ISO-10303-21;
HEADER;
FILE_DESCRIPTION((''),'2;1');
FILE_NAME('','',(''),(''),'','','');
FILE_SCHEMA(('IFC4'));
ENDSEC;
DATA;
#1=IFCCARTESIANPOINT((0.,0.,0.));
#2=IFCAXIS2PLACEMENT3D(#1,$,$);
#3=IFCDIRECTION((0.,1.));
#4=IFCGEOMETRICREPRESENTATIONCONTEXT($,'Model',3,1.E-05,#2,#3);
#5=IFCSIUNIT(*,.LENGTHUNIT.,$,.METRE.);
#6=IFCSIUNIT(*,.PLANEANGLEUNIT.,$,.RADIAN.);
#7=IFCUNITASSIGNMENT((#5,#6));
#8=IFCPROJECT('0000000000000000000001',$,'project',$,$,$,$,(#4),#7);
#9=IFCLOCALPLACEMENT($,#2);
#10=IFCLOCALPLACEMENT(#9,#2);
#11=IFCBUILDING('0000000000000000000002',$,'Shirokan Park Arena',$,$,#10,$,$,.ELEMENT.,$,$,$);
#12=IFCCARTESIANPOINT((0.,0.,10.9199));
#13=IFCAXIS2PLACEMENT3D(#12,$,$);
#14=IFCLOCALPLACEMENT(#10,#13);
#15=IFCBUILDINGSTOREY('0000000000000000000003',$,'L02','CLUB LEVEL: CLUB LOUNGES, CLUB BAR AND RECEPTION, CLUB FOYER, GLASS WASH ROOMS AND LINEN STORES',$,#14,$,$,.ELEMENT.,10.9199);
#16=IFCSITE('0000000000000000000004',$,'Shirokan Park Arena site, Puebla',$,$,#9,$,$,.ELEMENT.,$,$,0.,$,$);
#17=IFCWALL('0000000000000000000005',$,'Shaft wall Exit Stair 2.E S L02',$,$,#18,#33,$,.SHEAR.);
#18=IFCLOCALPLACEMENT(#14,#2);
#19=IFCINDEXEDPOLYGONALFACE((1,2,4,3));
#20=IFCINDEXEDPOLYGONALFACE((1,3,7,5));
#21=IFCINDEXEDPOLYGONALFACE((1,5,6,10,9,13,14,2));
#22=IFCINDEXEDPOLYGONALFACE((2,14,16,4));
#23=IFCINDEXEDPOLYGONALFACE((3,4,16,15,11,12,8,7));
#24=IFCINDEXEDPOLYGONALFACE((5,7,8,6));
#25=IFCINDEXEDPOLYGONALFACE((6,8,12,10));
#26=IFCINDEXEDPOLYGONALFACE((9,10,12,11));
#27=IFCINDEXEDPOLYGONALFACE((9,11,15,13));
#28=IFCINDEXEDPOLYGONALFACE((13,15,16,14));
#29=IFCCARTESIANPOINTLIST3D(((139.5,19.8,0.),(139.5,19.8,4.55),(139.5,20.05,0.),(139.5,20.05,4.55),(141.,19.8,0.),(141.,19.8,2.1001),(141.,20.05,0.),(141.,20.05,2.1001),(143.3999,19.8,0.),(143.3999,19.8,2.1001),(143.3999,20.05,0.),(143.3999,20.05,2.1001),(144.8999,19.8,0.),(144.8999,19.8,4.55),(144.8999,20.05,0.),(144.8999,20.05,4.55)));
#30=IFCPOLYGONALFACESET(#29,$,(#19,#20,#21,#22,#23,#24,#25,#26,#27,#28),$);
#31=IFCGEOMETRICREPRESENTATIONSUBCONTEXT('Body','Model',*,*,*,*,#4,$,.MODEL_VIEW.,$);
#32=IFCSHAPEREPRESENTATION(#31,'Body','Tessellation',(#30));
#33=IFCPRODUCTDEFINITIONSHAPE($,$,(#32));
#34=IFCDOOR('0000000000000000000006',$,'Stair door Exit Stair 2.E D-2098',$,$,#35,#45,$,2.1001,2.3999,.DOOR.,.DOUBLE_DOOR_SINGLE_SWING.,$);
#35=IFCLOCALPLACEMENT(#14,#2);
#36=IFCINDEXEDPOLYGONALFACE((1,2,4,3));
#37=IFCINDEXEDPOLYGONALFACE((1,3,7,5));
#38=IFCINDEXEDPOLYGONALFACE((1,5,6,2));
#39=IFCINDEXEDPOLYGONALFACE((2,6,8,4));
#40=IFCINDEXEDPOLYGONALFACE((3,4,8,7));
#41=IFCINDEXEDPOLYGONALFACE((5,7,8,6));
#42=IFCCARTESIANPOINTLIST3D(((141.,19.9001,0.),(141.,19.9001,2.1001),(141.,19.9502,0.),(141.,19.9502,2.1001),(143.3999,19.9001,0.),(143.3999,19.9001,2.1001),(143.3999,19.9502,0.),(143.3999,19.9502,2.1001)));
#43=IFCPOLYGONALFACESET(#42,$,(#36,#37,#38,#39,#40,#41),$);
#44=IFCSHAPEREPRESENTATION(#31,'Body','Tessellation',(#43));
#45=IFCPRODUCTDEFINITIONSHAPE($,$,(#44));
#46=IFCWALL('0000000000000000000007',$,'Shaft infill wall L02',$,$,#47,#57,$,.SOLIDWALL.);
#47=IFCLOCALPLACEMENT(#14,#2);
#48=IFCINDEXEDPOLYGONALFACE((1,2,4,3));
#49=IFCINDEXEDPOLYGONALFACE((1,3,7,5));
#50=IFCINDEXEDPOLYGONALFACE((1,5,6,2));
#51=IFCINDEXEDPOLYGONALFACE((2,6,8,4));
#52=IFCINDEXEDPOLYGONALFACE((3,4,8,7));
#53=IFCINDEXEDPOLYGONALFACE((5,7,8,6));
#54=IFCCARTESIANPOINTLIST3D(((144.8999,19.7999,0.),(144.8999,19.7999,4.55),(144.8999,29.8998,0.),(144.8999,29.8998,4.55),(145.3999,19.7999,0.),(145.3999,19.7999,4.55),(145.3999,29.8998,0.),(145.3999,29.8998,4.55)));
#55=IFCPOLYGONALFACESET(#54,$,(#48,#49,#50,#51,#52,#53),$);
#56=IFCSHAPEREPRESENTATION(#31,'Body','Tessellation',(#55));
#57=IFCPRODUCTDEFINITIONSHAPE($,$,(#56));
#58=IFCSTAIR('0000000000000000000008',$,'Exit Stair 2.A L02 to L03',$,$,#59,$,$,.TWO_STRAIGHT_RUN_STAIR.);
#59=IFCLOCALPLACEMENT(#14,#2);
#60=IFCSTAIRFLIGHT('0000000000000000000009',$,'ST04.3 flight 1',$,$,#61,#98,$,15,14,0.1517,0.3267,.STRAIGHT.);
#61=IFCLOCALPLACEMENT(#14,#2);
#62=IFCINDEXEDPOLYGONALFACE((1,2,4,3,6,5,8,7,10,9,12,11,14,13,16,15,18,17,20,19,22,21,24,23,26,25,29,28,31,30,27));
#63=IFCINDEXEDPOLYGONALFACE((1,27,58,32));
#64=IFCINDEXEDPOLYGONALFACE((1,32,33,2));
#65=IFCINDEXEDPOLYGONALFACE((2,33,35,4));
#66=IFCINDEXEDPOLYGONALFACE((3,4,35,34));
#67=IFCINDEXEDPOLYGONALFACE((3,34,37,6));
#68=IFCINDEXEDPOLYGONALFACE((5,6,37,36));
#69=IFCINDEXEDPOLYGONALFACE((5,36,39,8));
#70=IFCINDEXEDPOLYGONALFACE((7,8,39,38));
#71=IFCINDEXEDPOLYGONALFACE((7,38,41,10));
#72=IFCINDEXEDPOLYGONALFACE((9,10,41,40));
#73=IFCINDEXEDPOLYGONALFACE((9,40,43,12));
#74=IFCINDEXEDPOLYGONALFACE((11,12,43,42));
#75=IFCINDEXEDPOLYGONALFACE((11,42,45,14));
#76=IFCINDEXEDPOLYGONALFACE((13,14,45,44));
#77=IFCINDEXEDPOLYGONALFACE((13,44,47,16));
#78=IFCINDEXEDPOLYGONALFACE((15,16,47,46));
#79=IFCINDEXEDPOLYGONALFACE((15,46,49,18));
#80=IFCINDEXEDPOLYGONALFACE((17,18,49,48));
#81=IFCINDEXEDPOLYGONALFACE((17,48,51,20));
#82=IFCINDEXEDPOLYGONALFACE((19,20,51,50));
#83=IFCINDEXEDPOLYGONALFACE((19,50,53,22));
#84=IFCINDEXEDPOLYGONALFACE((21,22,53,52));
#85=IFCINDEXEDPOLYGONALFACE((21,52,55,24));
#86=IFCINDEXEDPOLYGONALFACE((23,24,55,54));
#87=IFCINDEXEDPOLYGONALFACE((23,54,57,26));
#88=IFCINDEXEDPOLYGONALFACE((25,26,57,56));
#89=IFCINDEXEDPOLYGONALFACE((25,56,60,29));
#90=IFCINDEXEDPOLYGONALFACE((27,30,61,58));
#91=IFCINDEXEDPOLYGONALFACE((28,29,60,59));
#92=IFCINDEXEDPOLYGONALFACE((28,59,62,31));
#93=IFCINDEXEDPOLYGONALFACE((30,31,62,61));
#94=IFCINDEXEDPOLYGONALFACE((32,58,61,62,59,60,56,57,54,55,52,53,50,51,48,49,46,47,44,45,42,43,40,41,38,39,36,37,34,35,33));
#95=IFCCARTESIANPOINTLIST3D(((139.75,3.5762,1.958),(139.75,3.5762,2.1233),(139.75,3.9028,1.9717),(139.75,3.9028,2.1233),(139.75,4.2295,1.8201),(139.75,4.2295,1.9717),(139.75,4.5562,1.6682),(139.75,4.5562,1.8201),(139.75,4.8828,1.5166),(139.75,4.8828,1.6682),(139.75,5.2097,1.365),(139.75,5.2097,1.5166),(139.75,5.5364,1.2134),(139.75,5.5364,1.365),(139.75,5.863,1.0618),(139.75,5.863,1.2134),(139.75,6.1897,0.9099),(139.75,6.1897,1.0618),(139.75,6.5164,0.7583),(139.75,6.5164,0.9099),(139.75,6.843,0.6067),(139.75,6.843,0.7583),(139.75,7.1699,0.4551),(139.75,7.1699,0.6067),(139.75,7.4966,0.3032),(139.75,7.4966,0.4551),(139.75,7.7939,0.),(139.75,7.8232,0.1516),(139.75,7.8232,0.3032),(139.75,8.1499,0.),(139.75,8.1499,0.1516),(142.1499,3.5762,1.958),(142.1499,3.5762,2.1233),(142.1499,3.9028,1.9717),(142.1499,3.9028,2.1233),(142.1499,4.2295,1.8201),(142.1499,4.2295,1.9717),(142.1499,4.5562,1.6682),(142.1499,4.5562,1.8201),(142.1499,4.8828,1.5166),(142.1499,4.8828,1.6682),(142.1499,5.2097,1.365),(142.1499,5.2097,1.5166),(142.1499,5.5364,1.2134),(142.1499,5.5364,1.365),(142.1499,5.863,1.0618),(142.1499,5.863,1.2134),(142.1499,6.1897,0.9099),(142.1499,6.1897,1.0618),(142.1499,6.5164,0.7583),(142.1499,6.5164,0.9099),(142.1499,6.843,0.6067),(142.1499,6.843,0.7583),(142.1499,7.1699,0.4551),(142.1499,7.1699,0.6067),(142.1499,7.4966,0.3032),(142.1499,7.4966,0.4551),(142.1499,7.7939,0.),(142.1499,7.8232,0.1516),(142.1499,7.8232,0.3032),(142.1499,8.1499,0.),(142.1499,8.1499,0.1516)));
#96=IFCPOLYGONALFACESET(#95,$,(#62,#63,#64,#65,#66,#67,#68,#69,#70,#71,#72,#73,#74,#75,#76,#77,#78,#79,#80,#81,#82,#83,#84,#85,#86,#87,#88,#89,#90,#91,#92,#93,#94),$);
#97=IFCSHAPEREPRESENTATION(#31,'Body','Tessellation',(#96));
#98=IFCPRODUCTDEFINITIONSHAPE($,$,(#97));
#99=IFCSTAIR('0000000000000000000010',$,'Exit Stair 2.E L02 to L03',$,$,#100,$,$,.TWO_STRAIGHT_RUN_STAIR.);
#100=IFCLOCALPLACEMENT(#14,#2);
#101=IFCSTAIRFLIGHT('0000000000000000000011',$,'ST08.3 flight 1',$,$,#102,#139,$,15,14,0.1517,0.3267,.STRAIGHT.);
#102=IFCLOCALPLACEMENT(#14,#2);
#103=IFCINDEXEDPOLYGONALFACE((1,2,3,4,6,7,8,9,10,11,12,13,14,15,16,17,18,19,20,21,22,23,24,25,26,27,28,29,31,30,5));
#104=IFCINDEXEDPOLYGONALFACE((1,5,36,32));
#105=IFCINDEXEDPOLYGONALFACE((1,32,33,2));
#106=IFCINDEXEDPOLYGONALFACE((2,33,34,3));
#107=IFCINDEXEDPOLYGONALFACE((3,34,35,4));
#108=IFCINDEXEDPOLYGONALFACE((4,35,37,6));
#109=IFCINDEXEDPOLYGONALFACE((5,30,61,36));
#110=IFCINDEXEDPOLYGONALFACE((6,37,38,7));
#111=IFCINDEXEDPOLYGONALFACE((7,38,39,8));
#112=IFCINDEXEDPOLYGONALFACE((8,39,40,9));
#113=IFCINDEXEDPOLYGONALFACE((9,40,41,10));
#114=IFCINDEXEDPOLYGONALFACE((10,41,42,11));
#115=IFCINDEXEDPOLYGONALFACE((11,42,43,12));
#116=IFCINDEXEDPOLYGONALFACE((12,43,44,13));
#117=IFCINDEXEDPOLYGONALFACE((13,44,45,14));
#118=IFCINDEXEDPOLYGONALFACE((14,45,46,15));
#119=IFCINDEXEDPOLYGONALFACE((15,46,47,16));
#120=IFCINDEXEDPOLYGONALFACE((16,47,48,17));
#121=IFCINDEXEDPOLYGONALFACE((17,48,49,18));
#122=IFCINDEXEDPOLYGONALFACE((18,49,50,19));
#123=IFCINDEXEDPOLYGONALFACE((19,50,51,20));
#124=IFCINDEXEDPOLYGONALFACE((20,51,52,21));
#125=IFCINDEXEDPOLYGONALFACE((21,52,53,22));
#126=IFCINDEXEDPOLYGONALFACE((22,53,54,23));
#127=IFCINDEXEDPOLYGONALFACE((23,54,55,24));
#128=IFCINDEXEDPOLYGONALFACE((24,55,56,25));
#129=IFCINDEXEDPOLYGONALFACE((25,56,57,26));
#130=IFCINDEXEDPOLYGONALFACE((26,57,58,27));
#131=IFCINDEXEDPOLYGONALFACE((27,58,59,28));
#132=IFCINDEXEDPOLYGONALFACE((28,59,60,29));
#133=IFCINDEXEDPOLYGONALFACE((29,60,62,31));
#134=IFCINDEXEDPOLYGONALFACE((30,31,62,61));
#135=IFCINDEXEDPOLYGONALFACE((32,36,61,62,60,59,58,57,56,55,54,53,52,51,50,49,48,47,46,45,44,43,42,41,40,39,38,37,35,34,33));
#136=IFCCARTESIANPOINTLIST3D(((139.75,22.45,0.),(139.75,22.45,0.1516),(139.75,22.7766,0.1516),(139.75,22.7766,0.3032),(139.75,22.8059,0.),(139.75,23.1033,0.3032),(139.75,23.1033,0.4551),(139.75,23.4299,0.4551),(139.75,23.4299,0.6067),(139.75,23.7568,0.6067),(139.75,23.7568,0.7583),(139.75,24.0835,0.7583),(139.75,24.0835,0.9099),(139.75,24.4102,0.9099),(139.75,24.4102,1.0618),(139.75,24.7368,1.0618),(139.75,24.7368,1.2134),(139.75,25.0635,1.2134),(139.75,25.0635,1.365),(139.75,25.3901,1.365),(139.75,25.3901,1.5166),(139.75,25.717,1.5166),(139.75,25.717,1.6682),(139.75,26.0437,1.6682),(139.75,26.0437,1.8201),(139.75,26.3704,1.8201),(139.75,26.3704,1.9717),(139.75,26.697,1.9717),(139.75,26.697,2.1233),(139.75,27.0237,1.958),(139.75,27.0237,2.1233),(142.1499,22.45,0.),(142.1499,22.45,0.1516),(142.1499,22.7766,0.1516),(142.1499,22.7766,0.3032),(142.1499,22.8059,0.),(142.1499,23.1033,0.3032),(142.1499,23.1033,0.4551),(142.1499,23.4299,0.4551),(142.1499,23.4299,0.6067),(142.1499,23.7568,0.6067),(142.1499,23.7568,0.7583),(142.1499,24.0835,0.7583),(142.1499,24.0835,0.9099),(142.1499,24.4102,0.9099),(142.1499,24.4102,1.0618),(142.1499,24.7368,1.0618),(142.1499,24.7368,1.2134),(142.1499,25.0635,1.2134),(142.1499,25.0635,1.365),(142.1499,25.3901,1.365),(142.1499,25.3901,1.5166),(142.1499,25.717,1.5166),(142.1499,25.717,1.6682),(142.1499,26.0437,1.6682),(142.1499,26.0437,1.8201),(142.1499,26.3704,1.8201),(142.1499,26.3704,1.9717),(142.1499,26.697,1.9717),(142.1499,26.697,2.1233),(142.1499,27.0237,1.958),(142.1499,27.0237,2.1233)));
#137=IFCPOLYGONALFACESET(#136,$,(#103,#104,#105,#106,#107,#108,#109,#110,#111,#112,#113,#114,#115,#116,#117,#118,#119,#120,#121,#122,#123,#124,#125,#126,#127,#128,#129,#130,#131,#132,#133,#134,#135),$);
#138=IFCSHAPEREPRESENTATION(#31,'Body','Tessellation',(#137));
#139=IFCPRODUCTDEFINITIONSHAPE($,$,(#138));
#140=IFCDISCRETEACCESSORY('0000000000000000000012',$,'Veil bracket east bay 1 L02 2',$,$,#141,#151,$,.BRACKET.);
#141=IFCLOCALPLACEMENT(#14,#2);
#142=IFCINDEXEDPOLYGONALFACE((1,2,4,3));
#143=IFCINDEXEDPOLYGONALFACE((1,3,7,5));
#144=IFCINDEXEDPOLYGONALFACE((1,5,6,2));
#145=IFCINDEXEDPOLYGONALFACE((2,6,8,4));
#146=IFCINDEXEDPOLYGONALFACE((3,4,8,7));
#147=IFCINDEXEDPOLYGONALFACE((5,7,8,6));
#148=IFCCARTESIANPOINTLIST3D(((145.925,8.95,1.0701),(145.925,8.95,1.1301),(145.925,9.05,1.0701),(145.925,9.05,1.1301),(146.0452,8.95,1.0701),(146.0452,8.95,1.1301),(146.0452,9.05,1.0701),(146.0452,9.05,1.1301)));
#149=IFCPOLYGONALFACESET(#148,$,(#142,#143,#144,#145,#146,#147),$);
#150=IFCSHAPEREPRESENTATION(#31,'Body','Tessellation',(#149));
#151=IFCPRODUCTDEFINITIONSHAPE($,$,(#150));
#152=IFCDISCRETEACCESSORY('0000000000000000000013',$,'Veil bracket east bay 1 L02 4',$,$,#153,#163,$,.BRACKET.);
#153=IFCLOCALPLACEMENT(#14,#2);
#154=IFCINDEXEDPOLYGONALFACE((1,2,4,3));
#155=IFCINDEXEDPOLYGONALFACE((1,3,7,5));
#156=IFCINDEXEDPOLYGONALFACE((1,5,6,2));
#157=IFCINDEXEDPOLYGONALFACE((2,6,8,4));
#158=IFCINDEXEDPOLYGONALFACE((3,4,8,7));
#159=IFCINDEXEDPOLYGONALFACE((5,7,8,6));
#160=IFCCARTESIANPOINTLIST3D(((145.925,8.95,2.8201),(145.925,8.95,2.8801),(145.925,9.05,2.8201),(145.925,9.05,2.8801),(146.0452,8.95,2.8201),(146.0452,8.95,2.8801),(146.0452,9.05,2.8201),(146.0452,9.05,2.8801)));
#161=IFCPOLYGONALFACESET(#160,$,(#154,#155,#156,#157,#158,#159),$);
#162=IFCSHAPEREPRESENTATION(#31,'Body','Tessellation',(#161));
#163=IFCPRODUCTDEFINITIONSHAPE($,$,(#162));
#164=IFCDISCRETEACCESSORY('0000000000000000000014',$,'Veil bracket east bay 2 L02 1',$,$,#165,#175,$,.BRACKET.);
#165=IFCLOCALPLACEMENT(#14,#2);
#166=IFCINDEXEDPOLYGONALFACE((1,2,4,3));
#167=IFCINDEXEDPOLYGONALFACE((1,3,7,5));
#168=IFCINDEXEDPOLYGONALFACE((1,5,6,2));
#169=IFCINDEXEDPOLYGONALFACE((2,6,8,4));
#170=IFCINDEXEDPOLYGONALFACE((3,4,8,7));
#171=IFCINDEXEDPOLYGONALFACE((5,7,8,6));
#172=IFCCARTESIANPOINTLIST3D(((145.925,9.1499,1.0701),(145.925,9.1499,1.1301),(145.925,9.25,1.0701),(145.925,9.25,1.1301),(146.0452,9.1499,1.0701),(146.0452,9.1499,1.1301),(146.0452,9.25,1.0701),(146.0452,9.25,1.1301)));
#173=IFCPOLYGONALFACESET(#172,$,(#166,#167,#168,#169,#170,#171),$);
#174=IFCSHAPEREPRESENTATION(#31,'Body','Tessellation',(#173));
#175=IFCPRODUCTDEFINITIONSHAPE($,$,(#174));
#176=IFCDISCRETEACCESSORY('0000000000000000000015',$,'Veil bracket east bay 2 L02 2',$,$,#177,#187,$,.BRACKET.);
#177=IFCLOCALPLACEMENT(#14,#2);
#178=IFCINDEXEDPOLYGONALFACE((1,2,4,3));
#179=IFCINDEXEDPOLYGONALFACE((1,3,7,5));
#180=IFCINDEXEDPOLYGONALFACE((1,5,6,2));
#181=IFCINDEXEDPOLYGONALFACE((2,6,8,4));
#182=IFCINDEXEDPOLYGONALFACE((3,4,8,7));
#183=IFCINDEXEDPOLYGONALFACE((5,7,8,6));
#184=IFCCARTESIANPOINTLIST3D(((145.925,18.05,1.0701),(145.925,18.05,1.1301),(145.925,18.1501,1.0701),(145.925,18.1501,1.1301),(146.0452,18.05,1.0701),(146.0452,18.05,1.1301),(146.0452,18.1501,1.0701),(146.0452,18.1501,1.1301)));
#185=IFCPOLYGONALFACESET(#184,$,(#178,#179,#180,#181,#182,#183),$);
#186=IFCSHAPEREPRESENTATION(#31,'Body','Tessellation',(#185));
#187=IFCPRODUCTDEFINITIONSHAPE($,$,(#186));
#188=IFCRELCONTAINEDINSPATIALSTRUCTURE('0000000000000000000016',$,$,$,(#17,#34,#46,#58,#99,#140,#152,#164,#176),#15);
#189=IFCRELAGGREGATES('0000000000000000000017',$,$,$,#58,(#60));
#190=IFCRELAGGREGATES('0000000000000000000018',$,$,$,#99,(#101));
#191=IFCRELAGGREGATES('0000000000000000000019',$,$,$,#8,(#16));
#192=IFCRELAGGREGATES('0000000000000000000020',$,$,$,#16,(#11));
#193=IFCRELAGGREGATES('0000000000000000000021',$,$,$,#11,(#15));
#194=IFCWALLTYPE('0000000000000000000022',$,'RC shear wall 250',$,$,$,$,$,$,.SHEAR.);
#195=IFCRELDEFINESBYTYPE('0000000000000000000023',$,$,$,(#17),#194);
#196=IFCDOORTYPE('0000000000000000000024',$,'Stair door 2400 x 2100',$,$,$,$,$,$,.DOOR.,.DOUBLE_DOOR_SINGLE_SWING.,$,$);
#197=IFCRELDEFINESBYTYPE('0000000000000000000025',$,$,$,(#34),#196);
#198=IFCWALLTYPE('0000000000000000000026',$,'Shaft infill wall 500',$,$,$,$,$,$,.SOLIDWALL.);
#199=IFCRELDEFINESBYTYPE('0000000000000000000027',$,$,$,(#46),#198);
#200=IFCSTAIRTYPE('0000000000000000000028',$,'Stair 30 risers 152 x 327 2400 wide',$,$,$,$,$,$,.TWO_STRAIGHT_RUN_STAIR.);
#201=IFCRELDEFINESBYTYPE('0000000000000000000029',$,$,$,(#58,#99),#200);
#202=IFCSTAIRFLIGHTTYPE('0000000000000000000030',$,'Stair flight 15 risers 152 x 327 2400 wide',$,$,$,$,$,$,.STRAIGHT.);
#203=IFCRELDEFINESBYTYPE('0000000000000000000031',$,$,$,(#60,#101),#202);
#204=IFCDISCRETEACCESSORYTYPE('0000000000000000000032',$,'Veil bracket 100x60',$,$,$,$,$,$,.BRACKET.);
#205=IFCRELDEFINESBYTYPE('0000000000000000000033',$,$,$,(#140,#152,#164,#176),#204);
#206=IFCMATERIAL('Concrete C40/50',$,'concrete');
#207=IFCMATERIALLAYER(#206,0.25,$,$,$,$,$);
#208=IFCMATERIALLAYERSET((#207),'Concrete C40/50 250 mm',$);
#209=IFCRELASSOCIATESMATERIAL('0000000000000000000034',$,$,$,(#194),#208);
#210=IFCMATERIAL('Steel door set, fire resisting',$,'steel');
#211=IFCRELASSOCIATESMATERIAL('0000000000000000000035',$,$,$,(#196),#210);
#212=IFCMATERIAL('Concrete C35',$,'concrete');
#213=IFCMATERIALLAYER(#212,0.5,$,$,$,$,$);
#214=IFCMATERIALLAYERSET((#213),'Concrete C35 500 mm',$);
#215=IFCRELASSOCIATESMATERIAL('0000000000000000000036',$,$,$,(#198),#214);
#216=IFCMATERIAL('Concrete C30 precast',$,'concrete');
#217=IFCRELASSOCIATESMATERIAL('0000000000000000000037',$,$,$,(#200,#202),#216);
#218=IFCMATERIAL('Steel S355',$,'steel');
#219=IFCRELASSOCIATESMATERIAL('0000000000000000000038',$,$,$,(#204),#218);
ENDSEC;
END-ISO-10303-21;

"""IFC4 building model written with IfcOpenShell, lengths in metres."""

from ifc_helpers import new_model, si_unit, direction, frame, frame_2d, origin, origin_2d, place, context, subcontext, project, spatial, polyline, rectangle, outline, extrude, material, layer, layer_set, type_object, element, fill, aggregate, save


model = new_model("IFC4")

# Units and contexts
model_context = context("Model", 3, precision=1e-05, world=origin(), true_north=direction((0.0, 1.0)))
body_context = subcontext(model_context, "Body", "Model", "MODEL_VIEW")
ifc_project = project(units=[si_unit("LENGTHUNIT", "METRE"), si_unit("PLANEANGLEUNIT", "RADIAN")], contexts=[model_context])

# Site, building, storey
site_placement = place(None, origin())
site = spatial("IfcSite", under=ifc_project, at=site_placement, Name="Shirokan Park Arena site, Puebla", CompositionType="ELEMENT", RefElevation=0.0)
building_placement = place(site_placement, origin())
building = spatial("IfcBuilding", under=site, at=building_placement, Name="Shirokan Park Arena", CompositionType="ELEMENT")
storey_placement = place(building_placement, frame((0.0, 0.0, 10.9199)))
storey = spatial("IfcBuildingStorey", under=building, at=storey_placement, Name="L02", Description="CLUB LEVEL: CLUB LOUNGES, CLUB BAR AND RECEPTION, CLUB FOYER, GLASS WASH ROOMS AND LINEN STORES", CompositionType="ELEMENT", Elevation=10.9199)

# Shared definitions
ifc_material_1 = material(Name="Concrete C35", Category="concrete")

# Shared definitions
ifc_material_2 = material(Name="Concrete C40/50", Category="concrete")
ifc_layer_1 = layer(ifc_material_2, 0.25)
ifc_layer_set_1 = layer_set([ifc_layer_1], Name="Concrete C40/50 250 mm")
wall_type_1 = type_object("IfcWallType", Name="RC shear wall 250", PredefinedType="SHEAR", material=ifc_layer_set_1)
ifc_material_3 = material(Name="Steel door set, fire resisting", Category="steel")
door_type_1 = type_object("IfcDoorType", Name="Stair door 2400 x 2100", OperationType="DOUBLE_DOOR_SINGLE_SWING", PredefinedType="DOOR", material=ifc_material_3)

# Wall, opening, door
wall_1_placement = place(storey_placement, frame((144.8999, 19.925, 0.0), z_axis=(0.0, 0.0, 1.0), x_axis=(-1.0, 0.0, 0.0)))
wall_1 = element("IfcWall", 1, at=wall_1_placement, inside=storey, type_object=wall_type_1, Name="Shaft wall Exit Stair 2.E S L02", PredefinedType="SHEAR", context=body_context, shape_type="SweptSolid", body=[
    extrude(rectangle(XDim=5.3999, YDim=0.25, at=frame_2d((2.7, 0.0))), origin(), (0.0, 0.0, 1.0), 4.55),
])
opening_1_placement = place(wall_1_placement, frame((1.5, 0.0, 0.0)))
opening_1 = element("IfcOpeningElement", 2, at=opening_1_placement, cuts=wall_1, PredefinedType="OPENING", context=body_context, shape_type="SweptSolid", body=[
    extrude(rectangle(XDim=2.3999, YDim=2.1001, at=frame_2d((1.2, 1.05))), frame((0.0, 0.135, 0.0), z_axis=(0.0, -1.0, 0.0), x_axis=(1.0, 0.0, 0.0)), (0.0, 0.0, 1.0), 0.27),
])
door_1_placement = place(opening_1_placement, origin())
door_1 = element("IfcDoor", 3, at=door_1_placement, inside=storey, type_object=door_type_1, Name="Stair door Exit Stair 2.E D-2098", OperationType="DOUBLE_DOOR_SINGLE_SWING", OverallHeight=2.1001, OverallWidth=2.3999, PredefinedType="DOOR", context=body_context, shape_type="SweptSolid", body=[
    extrude(rectangle(XDim=2.3999, YDim=2.1001, at=frame_2d((1.2, 1.05))), frame((0.0, 0.0249, 0.0), z_axis=(0.0, -1.0, 0.0), x_axis=(1.0, 0.0, 0.0)), (0.0, 0.0, 1.0), 0.05),
])
fill(opening_1, door_1)

# Wall
ifc_layer_2 = layer(ifc_material_1, 0.5)
ifc_layer_set_2 = layer_set([ifc_layer_2], Name="Concrete C35 500 mm")
wall_type_2 = type_object("IfcWallType", Name="Shaft infill wall 500", PredefinedType="SOLIDWALL", material=ifc_layer_set_2)
wall_2_placement = place(storey_placement, frame((145.1499, 19.8, 0.0), z_axis=(0.0, 0.0, 1.0), x_axis=(0.0, 1.0, 0.0)))
element("IfcWall", 4, at=wall_2_placement, inside=storey, type_object=wall_type_2, Name="Shaft infill wall L02", PredefinedType="SOLIDWALL", context=body_context, shape_type="SweptSolid", body=[
    extrude(rectangle(XDim=10.0999, YDim=0.5, at=frame_2d((5.0498, 0.0))), origin(), (0.0, 0.0, 1.0), 4.55),
])

# Stairs, stair flights
ifc_material_4 = material(Name="Concrete C30 precast", Category="concrete")
stair_type = type_object("IfcStairType", Name="Stair 30 risers 152 x 327 2400 wide", PredefinedType="TWO_STRAIGHT_RUN_STAIR", material=ifc_material_4)
stair_1_placement = place(storey_placement, origin())
stair_1 = element("IfcStair", 5, at=stair_1_placement, inside=storey, type_object=stair_type, Name="Exit Stair 2.A L02 to L03", PredefinedType="TWO_STRAIGHT_RUN_STAIR")
stair_flight_type = type_object("IfcStairFlightType", Name="Stair flight 15 risers 152 x 327 2400 wide", PredefinedType="STRAIGHT", material=ifc_material_4)
stair_flight_1_placement = place(storey_placement, frame((140.95, 8.1499, 0.0), z_axis=(0.0, 0.0, 1.0), x_axis=(0.0, -1.0, 0.0)))
stair_flight_1 = element("IfcStairFlight", 6, at=stair_flight_1_placement, type_object=stair_flight_type, Name="ST04.3 flight 1", NumberOfRisers=15, NumberOfTreads=14, PredefinedType="STRAIGHT", RiserHeight=0.1517, TreadLength=0.3267, context=body_context, shape_type="SweptSolid", body=[
    extrude(outline(polyline([(0.0, 0.0), (0.0, 0.1516), (0.3267, 0.1516), (0.3267, 0.3032), (0.6533, 0.3032), (0.6533, 0.4551), (0.98, 0.4551), (0.98, 0.6067), (1.3069, 0.6067), (1.3069, 0.7583), (1.6335, 0.7583), (1.6335, 0.9099), (1.9602, 0.9099), (1.9602, 1.0618), (2.2869, 1.0618), (2.2869, 1.2134), (2.6135, 1.2134), (2.6135, 1.365), (2.9402, 1.365), (2.9402, 1.5166), (3.2671, 1.5166), (3.2671, 1.6682), (3.5938, 1.6682), (3.5938, 1.8201), (3.9204, 1.8201), (3.9204, 1.9717), (4.2471, 1.9717), (4.2471, 2.1233), (4.5737, 2.1233), (4.5737, 2.2749), (4.5737, 1.958), (0.356, 0.0), (0.0, 0.0)])), frame((0.0, 1.2, 0.0), z_axis=(0.0, -1.0, 0.0), x_axis=(1.0, 0.0, 0.0)), (0.0, 0.0, 1.0), 2.3999),
])
aggregate(stair_1, [stair_flight_1])
stair_2_placement = place(storey_placement, origin())
stair_2 = element("IfcStair", 7, at=stair_2_placement, inside=storey, type_object=stair_type, Name="Exit Stair 2.E L02 to L03", PredefinedType="TWO_STRAIGHT_RUN_STAIR")
stair_flight_2_placement = place(storey_placement, frame((140.95, 22.45, 0.0), z_axis=(0.0, 0.0, 1.0), x_axis=(0.0, 1.0, 0.0)))
stair_flight_2 = element("IfcStairFlight", 8, at=stair_flight_2_placement, type_object=stair_flight_type, Name="ST08.3 flight 1", NumberOfRisers=15, NumberOfTreads=14, PredefinedType="STRAIGHT", RiserHeight=0.1517, TreadLength=0.3267, context=body_context, shape_type="SweptSolid", body=[
    extrude(outline(polyline([(0.0, 0.0), (0.0, 0.1516), (0.3267, 0.1516), (0.3267, 0.3032), (0.6533, 0.3032), (0.6533, 0.4551), (0.98, 0.4551), (0.98, 0.6067), (1.3069, 0.6067), (1.3069, 0.7583), (1.6335, 0.7583), (1.6335, 0.9099), (1.9602, 0.9099), (1.9602, 1.0618), (2.2869, 1.0618), (2.2869, 1.2134), (2.6135, 1.2134), (2.6135, 1.365), (2.9402, 1.365), (2.9402, 1.5166), (3.2671, 1.5166), (3.2671, 1.6682), (3.5938, 1.6682), (3.5938, 1.8201), (3.9204, 1.8201), (3.9204, 1.9717), (4.2471, 1.9717), (4.2471, 2.1233), (4.5737, 2.1233), (4.5737, 2.2749), (4.5737, 1.958), (0.356, 0.0), (0.0, 0.0)])), frame((0.0, 1.2, 0.0), z_axis=(0.0, -1.0, 0.0), x_axis=(1.0, 0.0, 0.0)), (0.0, 0.0, 1.0), 2.3999),
])
aggregate(stair_2, [stair_flight_2])

# Discrete accessories
ifc_material_5 = material(Name="Steel S355", Category="steel")
discrete_accessory_type = type_object("IfcDiscreteAccessoryType", Name="Veil bracket 100x60", PredefinedType="BRACKET", material=ifc_material_5)
for number, where, z_axis, x_axis, name in (
    (9, (145.9851, 9.0, 1.0701), (0.0, 0.0, 1.0), (0.0, 1.0, 0.0), "Veil bracket east bay 1 L02 2"),
    (10, (145.9851, 9.0, 2.8201), (0.0, 0.0, 1.0), (0.0, 1.0, 0.0), "Veil bracket east bay 1 L02 4"),
    (11, (145.9851, 9.2, 1.0701), (0.0, 0.0, 1.0), (0.0, 1.0, 0.0), "Veil bracket east bay 2 L02 1"),
    (12, (145.9851, 18.1001, 1.0701), (0.0, 0.0, 1.0), (0.0, 1.0, 0.0), "Veil bracket east bay 2 L02 2"),
):
    element("IfcDiscreteAccessory", number, at=place(storey_placement, frame(where, z_axis=z_axis, x_axis=x_axis)), inside=storey, type_object=discrete_accessory_type, Name=name, PredefinedType="BRACKET", context=body_context, shape_type="SweptSolid", body=[
        extrude(rectangle(XDim=0.1001, YDim=0.1201, at=origin_2d()), origin(), (0.0, 0.0, 1.0), 0.0601),
    ])

save(model, "model.ifc")
